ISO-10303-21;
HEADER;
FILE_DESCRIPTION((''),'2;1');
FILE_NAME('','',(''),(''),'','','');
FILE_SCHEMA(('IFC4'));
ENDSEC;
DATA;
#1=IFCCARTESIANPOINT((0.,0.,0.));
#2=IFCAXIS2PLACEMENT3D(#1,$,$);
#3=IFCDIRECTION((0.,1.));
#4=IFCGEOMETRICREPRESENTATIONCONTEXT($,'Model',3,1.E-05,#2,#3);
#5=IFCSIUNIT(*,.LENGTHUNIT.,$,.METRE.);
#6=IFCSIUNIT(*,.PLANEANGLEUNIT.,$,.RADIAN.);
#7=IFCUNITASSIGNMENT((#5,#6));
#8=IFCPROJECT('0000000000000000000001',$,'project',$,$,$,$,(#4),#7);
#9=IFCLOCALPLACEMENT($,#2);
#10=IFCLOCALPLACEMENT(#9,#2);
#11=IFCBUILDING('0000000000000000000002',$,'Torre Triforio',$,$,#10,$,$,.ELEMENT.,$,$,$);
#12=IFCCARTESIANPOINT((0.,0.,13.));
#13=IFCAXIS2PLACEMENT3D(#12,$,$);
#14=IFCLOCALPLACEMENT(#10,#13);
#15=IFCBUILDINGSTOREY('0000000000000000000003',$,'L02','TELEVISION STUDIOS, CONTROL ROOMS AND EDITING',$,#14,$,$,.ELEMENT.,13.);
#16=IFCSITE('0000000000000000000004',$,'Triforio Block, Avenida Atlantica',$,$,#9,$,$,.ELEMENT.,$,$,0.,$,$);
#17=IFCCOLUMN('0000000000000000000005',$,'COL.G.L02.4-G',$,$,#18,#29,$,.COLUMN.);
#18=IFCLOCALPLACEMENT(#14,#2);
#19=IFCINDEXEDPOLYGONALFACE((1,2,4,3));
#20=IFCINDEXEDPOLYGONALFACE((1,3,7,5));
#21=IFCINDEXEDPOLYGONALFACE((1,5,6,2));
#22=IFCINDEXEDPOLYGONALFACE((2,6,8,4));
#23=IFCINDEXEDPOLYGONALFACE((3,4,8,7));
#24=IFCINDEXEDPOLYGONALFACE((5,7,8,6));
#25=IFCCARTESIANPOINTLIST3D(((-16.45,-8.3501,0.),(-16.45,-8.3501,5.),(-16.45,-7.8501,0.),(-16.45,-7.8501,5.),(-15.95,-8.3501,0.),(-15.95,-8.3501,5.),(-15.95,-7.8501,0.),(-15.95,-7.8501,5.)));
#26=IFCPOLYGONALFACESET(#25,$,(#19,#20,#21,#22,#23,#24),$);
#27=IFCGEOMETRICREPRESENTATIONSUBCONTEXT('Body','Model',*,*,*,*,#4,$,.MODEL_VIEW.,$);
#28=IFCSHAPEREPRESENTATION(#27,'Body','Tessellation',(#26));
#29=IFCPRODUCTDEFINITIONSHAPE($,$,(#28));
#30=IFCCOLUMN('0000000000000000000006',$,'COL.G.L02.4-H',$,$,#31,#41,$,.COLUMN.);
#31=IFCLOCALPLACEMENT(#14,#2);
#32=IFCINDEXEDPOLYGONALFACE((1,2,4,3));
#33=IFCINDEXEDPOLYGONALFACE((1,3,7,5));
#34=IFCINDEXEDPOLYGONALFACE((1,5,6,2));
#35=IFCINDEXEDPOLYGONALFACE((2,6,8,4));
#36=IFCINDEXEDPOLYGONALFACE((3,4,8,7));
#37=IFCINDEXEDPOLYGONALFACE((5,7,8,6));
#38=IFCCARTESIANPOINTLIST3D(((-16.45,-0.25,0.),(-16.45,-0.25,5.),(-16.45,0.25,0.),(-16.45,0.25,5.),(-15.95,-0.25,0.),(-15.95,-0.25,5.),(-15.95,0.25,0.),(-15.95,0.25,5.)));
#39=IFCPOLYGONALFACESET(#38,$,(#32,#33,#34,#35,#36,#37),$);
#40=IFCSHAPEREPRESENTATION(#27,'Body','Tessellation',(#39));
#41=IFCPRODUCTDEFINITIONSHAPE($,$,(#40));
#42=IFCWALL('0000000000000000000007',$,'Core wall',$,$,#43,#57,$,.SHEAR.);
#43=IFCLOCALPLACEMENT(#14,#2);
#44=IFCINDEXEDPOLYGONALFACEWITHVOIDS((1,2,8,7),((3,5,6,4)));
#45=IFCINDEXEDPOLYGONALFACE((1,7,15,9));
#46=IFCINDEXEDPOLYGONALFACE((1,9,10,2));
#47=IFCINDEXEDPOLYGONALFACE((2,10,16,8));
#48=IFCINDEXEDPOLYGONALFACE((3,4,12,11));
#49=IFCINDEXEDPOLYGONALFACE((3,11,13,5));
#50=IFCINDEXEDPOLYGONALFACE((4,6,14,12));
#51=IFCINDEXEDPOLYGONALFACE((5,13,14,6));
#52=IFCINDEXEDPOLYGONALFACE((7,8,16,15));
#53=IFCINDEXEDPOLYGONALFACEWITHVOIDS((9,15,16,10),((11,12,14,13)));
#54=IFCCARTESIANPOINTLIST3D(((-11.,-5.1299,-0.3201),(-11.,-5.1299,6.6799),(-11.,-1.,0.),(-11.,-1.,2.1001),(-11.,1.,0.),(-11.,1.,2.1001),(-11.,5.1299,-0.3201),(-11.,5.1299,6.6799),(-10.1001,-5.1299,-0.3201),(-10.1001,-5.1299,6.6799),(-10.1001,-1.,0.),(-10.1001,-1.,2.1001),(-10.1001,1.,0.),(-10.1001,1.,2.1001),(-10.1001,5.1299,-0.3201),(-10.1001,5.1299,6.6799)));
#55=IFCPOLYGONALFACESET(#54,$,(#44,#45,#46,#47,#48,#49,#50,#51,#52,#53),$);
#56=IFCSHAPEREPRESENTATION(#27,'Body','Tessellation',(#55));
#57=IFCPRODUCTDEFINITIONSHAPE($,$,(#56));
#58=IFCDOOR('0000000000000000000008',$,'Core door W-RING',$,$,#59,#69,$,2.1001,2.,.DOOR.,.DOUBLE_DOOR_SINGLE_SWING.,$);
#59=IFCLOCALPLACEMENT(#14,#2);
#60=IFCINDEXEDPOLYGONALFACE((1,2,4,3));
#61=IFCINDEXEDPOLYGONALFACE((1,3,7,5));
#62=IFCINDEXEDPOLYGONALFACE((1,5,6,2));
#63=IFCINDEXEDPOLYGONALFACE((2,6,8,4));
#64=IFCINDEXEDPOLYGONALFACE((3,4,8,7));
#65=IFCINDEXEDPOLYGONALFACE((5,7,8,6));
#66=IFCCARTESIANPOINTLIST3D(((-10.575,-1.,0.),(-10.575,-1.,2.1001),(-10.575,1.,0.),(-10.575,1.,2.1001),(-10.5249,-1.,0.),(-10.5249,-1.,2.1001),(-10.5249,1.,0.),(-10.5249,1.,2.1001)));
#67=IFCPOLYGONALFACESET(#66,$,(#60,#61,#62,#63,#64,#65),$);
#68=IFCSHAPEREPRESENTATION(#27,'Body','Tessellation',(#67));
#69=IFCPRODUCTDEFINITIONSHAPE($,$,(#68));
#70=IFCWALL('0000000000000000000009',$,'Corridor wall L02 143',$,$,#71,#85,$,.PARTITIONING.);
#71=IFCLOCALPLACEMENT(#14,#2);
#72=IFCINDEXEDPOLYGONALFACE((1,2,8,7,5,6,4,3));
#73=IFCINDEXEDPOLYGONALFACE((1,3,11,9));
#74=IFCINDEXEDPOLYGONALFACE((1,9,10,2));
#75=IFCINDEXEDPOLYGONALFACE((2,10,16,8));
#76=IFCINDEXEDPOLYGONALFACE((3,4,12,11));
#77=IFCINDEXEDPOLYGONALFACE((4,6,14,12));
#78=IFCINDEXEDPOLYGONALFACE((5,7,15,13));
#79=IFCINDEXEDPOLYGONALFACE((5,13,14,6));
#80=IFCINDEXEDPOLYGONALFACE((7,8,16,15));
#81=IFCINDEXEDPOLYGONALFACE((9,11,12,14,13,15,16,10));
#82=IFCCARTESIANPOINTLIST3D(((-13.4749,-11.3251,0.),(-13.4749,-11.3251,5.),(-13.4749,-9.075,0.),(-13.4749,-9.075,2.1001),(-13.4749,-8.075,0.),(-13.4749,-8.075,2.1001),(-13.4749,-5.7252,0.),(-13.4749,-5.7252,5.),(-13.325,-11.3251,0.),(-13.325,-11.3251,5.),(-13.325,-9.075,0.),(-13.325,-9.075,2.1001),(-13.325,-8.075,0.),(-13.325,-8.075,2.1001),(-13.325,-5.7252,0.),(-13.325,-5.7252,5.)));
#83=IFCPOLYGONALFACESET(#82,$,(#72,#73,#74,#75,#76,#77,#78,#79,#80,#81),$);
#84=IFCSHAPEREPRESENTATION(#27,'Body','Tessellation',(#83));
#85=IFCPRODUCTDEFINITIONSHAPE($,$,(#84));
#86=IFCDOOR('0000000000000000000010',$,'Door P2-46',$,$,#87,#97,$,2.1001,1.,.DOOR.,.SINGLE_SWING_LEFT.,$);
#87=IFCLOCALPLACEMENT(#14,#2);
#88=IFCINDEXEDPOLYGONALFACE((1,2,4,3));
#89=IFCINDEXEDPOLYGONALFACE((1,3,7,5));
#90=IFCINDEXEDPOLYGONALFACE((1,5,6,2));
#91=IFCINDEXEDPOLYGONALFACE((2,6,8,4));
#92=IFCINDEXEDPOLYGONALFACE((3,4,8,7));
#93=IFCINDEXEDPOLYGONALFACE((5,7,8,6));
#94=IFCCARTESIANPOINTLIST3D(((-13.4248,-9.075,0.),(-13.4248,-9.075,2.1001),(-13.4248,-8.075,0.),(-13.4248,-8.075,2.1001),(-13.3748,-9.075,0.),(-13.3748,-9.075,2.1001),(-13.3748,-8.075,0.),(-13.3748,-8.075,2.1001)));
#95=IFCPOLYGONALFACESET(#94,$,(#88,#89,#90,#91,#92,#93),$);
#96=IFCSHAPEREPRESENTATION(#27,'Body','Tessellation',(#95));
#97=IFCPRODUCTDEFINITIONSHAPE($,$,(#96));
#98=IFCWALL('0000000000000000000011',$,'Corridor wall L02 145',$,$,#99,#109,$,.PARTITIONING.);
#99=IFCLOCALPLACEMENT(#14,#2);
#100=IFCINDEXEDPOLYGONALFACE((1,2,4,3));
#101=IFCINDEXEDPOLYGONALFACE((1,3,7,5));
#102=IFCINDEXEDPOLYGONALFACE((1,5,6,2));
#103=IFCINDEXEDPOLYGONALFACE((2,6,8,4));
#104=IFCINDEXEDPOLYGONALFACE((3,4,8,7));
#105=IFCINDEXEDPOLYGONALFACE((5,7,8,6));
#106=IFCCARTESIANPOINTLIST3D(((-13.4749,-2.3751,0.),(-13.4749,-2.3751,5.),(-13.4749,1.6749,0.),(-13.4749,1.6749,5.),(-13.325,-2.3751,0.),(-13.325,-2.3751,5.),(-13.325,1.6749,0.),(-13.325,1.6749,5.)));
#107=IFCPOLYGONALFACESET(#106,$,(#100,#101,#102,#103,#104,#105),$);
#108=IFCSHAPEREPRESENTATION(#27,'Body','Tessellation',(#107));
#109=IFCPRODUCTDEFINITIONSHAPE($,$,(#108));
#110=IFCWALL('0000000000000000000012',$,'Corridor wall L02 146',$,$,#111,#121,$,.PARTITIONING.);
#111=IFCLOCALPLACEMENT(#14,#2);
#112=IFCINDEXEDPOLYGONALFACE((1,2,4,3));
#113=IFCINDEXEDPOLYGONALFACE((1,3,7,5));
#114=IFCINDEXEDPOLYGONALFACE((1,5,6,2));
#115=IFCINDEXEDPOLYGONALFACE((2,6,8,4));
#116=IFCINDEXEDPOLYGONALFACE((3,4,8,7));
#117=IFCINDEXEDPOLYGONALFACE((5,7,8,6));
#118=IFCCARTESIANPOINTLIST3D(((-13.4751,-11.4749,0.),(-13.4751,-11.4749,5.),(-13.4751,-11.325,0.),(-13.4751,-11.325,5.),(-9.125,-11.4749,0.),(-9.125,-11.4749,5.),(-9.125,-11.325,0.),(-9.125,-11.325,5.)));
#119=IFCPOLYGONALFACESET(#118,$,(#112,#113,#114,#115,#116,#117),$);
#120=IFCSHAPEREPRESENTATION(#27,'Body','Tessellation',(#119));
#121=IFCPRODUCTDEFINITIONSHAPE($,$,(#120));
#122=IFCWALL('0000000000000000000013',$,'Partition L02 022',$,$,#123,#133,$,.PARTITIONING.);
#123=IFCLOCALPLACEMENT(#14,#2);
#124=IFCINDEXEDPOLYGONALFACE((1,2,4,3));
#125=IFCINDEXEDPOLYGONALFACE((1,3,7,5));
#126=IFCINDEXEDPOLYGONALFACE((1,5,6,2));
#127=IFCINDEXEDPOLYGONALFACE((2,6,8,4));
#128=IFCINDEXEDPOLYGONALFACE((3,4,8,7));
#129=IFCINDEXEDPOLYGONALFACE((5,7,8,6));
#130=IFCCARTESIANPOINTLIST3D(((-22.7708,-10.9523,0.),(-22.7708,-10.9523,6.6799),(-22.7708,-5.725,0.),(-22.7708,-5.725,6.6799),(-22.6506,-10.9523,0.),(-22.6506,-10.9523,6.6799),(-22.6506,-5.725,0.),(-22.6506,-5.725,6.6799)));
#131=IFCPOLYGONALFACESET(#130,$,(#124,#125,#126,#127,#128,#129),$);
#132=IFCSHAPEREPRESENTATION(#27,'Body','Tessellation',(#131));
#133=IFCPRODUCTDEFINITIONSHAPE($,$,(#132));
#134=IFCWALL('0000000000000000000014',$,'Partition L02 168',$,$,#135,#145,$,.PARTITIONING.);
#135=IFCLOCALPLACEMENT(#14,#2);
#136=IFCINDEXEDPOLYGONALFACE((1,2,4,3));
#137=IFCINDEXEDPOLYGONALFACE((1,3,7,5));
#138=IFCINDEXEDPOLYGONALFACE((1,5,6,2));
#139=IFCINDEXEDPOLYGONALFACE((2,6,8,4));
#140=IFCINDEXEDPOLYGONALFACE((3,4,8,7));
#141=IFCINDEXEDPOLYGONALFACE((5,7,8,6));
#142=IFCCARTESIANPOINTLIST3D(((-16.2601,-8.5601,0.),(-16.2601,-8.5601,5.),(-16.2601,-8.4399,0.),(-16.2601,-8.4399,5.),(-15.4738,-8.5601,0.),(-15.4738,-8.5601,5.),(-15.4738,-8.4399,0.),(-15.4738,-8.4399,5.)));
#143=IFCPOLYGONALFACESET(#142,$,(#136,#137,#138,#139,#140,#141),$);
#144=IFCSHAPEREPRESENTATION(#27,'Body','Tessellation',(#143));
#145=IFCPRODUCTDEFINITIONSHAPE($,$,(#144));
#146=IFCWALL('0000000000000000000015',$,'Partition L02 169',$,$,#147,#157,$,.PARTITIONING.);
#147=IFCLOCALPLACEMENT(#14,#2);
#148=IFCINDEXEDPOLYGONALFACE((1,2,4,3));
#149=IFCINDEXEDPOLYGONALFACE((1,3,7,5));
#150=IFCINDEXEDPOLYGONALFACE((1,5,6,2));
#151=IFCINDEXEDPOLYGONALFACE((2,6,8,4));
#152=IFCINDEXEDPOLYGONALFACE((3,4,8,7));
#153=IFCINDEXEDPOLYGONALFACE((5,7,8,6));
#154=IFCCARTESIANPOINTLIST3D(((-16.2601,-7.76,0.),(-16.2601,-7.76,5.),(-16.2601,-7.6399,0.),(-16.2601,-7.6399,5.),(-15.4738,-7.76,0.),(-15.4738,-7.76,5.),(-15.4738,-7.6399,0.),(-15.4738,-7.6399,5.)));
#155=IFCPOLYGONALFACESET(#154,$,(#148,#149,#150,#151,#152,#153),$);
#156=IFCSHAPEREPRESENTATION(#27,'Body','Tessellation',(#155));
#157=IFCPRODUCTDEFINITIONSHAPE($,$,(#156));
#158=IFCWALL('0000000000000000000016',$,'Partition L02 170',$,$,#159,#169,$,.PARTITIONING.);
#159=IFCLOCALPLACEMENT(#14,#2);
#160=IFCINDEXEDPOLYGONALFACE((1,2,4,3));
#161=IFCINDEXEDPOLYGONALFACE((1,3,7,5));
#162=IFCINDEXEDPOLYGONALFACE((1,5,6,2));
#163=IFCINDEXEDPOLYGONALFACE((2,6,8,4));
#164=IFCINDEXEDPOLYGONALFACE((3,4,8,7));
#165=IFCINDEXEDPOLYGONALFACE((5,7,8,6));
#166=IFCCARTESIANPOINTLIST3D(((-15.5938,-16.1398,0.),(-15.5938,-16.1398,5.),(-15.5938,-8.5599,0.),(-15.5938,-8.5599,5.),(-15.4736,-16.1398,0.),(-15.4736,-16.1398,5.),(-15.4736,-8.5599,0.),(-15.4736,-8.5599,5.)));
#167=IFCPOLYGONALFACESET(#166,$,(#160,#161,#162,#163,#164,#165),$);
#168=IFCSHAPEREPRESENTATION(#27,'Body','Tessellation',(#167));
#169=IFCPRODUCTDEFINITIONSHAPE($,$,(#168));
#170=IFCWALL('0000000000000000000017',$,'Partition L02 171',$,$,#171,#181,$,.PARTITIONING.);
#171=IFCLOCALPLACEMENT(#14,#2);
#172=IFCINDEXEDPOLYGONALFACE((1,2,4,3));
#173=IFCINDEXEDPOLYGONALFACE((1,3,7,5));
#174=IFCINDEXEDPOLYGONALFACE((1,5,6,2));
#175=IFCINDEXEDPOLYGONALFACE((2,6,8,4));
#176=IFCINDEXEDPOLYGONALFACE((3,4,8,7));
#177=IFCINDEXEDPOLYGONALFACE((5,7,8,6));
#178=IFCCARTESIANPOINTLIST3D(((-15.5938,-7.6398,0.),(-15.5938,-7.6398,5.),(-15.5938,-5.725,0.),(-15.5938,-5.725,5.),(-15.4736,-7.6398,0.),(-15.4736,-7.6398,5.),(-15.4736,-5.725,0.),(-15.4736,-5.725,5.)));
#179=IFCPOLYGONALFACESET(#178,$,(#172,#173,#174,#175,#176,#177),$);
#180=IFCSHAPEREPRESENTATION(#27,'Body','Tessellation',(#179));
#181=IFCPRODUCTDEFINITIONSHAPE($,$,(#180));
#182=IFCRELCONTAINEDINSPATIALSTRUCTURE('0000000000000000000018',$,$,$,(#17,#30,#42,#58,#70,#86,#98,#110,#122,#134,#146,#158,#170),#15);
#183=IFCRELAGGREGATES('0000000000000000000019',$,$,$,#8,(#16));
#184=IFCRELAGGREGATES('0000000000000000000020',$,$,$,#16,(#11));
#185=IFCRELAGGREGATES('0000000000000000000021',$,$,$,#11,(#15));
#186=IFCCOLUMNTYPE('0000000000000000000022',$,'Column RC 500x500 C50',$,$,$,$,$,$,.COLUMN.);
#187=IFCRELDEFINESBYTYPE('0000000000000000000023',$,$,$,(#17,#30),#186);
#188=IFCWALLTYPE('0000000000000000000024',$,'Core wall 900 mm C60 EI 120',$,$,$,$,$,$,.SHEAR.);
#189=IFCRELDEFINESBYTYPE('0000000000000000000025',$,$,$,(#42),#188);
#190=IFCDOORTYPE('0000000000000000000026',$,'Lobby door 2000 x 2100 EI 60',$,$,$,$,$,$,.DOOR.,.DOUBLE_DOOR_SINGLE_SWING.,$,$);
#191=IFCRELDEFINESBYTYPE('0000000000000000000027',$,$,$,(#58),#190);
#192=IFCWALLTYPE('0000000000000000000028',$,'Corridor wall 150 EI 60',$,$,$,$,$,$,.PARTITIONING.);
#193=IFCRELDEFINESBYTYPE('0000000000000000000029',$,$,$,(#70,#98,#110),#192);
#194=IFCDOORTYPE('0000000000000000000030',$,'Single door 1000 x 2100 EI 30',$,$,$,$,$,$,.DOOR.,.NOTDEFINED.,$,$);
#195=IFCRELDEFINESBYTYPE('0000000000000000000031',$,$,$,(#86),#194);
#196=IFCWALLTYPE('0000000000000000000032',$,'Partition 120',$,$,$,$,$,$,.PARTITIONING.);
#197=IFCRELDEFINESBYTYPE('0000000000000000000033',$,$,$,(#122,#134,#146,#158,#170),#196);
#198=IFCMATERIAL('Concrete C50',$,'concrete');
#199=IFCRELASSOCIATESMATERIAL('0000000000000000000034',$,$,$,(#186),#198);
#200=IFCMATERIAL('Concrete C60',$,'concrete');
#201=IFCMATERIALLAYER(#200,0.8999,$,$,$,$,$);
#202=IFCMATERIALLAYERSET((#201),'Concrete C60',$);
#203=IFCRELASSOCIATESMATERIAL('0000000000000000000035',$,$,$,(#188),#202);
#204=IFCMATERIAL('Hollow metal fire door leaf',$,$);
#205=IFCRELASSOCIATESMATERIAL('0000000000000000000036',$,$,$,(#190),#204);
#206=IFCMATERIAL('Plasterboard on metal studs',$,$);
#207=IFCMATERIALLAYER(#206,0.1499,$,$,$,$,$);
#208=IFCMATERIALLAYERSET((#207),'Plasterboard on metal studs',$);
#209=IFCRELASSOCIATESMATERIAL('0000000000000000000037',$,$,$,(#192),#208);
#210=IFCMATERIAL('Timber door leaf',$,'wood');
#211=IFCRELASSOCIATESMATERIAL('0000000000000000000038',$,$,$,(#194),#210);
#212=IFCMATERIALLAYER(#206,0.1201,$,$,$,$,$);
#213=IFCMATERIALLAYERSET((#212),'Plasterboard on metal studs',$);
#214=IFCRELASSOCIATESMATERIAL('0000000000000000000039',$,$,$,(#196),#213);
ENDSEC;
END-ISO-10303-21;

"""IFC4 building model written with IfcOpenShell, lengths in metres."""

from ifc_helpers import new_model, si_unit, direction, frame, frame_2d, origin, origin_2d, place, context, subcontext, project, spatial, rectangle, extrude, material, layer, layer_set, material_profile, profile_set, type_object, element, fill, save


model = new_model("IFC4")

# Units and contexts
model_context = context("Model", 3, precision=1e-05, world=origin(), true_north=direction((0.0, 1.0)))
body_context = subcontext(model_context, "Body", "Model", "MODEL_VIEW")
ifc_project = project(units=[si_unit("LENGTHUNIT", "METRE"), si_unit("PLANEANGLEUNIT", "RADIAN")], contexts=[model_context])

# Site, building, storey
site_placement = place(None, origin())
site = spatial("IfcSite", under=ifc_project, at=site_placement, Name="Triforio Block, Avenida Atlantica", CompositionType="ELEMENT", RefElevation=0.0)
building_placement = place(site_placement, origin())
building = spatial("IfcBuilding", under=site, at=building_placement, Name="Torre Triforio", CompositionType="ELEMENT")
storey_placement = place(building_placement, frame((0.0, 0.0, 13.0)))
storey = spatial("IfcBuildingStorey", under=building, at=storey_placement, Name="L02", Description="TELEVISION STUDIOS, CONTROL ROOMS AND EDITING", CompositionType="ELEMENT", Elevation=13.0)

# Columns
ifc_material_1 = material(Name="Concrete C50", Category="concrete")
ifc_material_profile = material_profile(ifc_material_1, rectangle(XDim=0.5, YDim=0.5, at=origin_2d()), Name="RC 500x500")
ifc_profile_set = profile_set([ifc_material_profile], Name="Concrete C50")
column_type = type_object("IfcColumnType", Name="Column RC 500x500 C50", PredefinedType="COLUMN", material=ifc_profile_set)
for number, where, z_axis, x_axis, name in (
    (1, (-16.2, -8.1001, 0.0), (0.0, 0.0, 1.0), (1.0, 0.0, 0.0), "COL.G.L02.4-G"),
    (2, (-16.2, 0.0, 0.0), (0.0, 0.0, 1.0), (1.0, 0.0, 0.0), "COL.G.L02.4-H"),
):
    element("IfcColumn", number, at=place(storey_placement, frame(where, z_axis=z_axis, x_axis=x_axis)), inside=storey, type_object=column_type, Name=name, PredefinedType="COLUMN", context=body_context, shape_type="SweptSolid", body=[
        extrude(rectangle(XDim=0.5, YDim=0.5, at=origin_2d()), origin(), (0.0, 0.0, 1.0), 5.0),
    ])

# Walls, openings, doors
ifc_material_2 = material(Name="Concrete C60", Category="concrete")
ifc_layer_1 = layer(ifc_material_2, 0.8999)
ifc_layer_set_1 = layer_set([ifc_layer_1], Name="Concrete C60")
wall_type_1 = type_object("IfcWallType", Name="Core wall 900 mm C60 EI 120", PredefinedType="SHEAR", material=ifc_layer_set_1)
wall_1_placement = place(storey_placement, frame((-10.55, -5.1299, -0.3201), z_axis=(0.0, 0.0, 1.0), x_axis=(0.0, 1.0, 0.0)))
wall_1 = element("IfcWall", 3, at=wall_1_placement, inside=storey, type_object=wall_type_1, Name="Core wall", PredefinedType="SHEAR", context=body_context, shape_type="SweptSolid", body=[
    extrude(rectangle(XDim=10.2598, YDim=0.8999, at=frame_2d((5.1299, 0.0))), origin(), (0.0, 0.0, 1.0), 7.0),
])
opening_1_placement = place(wall_1_placement, frame((4.1299, 0.0, 0.3201)))
opening_1 = element("IfcOpeningElement", 4, at=opening_1_placement, cuts=wall_1, PredefinedType="OPENING", context=body_context, shape_type="SweptSolid", body=[
    extrude(rectangle(XDim=2.0, YDim=2.1001, at=frame_2d((1.0, 1.05))), frame((0.0, 0.46, 0.0), z_axis=(0.0, -1.0, 0.0), x_axis=(1.0, 0.0, 0.0)), (0.0, 0.0, 1.0), 0.9199),
])
ifc_material_3 = material(Name="Hollow metal fire door leaf")
door_type_1 = type_object("IfcDoorType", Name="Lobby door 2000 x 2100 EI 60", OperationType="DOUBLE_DOOR_SINGLE_SWING", PredefinedType="DOOR", material=ifc_material_3)
door_1_placement = place(opening_1_placement, origin())
door_1 = element("IfcDoor", 5, at=door_1_placement, inside=storey, type_object=door_type_1, Name="Core door W-RING", OperationType="DOUBLE_DOOR_SINGLE_SWING", OverallHeight=2.1001, OverallWidth=2.0, PredefinedType="DOOR", context=body_context, shape_type="SweptSolid", body=[
    extrude(rectangle(XDim=2.0, YDim=2.1001, at=frame_2d((1.0, 1.05))), frame((0.0, 0.0249, 0.0), z_axis=(0.0, -1.0, 0.0), x_axis=(1.0, 0.0, 0.0)), (0.0, 0.0, 1.0), 0.05),
])
fill(opening_1, door_1)
ifc_material_4 = material(Name="Plasterboard on metal studs")
ifc_layer_2 = layer(ifc_material_4, 0.1499)
ifc_layer_set_2 = layer_set([ifc_layer_2], Name="Plasterboard on metal studs")
wall_type_2 = type_object("IfcWallType", Name="Corridor wall 150 EI 60", PredefinedType="PARTITIONING", material=ifc_layer_set_2)
wall_2_placement = place(storey_placement, frame((-13.3999, -11.325, 0.0), z_axis=(0.0, 0.0, 1.0), x_axis=(0.0, 1.0, 0.0)))
wall_2 = element("IfcWall", 6, at=wall_2_placement, inside=storey, type_object=wall_type_2, Name="Corridor wall L02 143", PredefinedType="PARTITIONING", context=body_context, shape_type="SweptSolid", body=[
    extrude(rectangle(XDim=5.5999, YDim=0.1499, at=frame_2d((2.7998, 0.0))), origin(), (0.0, 0.0, 1.0), 5.0),
])
opening_2_placement = place(wall_2_placement, frame((2.25, 0.0, 0.0)))
opening_2 = element("IfcOpeningElement", 7, at=opening_2_placement, cuts=wall_2, PredefinedType="OPENING", context=body_context, shape_type="SweptSolid", body=[
    extrude(rectangle(XDim=1.0, YDim=2.1001, at=frame_2d((0.5, 1.05))), frame((0.0, 0.085, 0.0), z_axis=(0.0, -1.0, 0.0), x_axis=(1.0, 0.0, 0.0)), (0.0, 0.0, 1.0), 0.1699),
])
ifc_material_5 = material(Name="Timber door leaf", Category="wood")
door_type_2 = type_object("IfcDoorType", Name="Single door 1000 x 2100 EI 30", OperationType="NOTDEFINED", PredefinedType="DOOR", material=ifc_material_5)
door_2_placement = place(opening_2_placement, origin())
door_2 = element("IfcDoor", 8, at=door_2_placement, inside=storey, type_object=door_type_2, Name="Door P2-46", OperationType="SINGLE_SWING_LEFT", OverallHeight=2.1001, OverallWidth=1.0, PredefinedType="DOOR", context=body_context, shape_type="SweptSolid", body=[
    extrude(rectangle(XDim=1.0, YDim=2.1001, at=frame_2d((0.5, 1.05))), frame((0.0, 0.0249, 0.0), z_axis=(0.0, -1.0, 0.0), x_axis=(1.0, 0.0, 0.0)), (0.0, 0.0, 1.0), 0.05),
])
fill(opening_2, door_2)

# Walls
wall_3_placement = place(storey_placement, frame((-13.3999, -2.375, 0.0), z_axis=(0.0, 0.0, 1.0), x_axis=(0.0, 1.0, 0.0)))
element("IfcWall", 9, at=wall_3_placement, inside=storey, type_object=wall_type_2, Name="Corridor wall L02 145", PredefinedType="PARTITIONING", context=body_context, shape_type="SweptSolid", body=[
    extrude(rectangle(XDim=4.05, YDim=0.1499, at=frame_2d((2.0249, 0.0))), origin(), (0.0, 0.0, 1.0), 5.0),
])
wall_4_placement = place(storey_placement, frame((-13.4751, -11.3999, 0.0), z_axis=(0.0, 0.0, 1.0), x_axis=(1.0, 0.0, 0.0)))
element("IfcWall", 10, at=wall_4_placement, inside=storey, type_object=wall_type_2, Name="Corridor wall L02 146", PredefinedType="PARTITIONING", context=body_context, shape_type="SweptSolid", body=[
    extrude(rectangle(XDim=4.3501, YDim=0.1499, at=frame_2d((2.175, 0.0))), origin(), (0.0, 0.0, 1.0), 5.0),
])
ifc_layer_3 = layer(ifc_material_4, 0.1201)
ifc_layer_set_3 = layer_set([ifc_layer_3], Name="Plasterboard on metal studs")
wall_type_3 = type_object("IfcWallType", Name="Partition 120", PredefinedType="PARTITIONING", material=ifc_layer_set_3)
wall_5_placement = place(storey_placement, frame((-22.7107, -10.9524, 0.0), z_axis=(0.0, 0.0, 1.0), x_axis=(0.0, 1.0, 0.0)))
element("IfcWall", 11, at=wall_5_placement, inside=storey, type_object=wall_type_3, Name="Partition L02 022", PredefinedType="PARTITIONING", context=body_context, shape_type="SweptSolid", body=[
    extrude(rectangle(XDim=5.2273, YDim=0.1201, at=frame_2d((2.6138, 0.0))), origin(), (0.0, 0.0, 1.0), 6.6799),
])
for number, where, z_axis, x_axis, name in (
    (12, (-16.26, -8.5, 0.0), (0.0, 0.0, 1.0), (1.0, 0.0, 0.0), "Partition L02 168"),
    (13, (-16.26, -7.7, 0.0), (0.0, 0.0, 1.0), (1.0, 0.0, 0.0), "Partition L02 169"),
):
    element("IfcWall", number, at=place(storey_placement, frame(where, z_axis=z_axis, x_axis=x_axis)), inside=storey, type_object=wall_type_3, Name=name, PredefinedType="PARTITIONING", context=body_context, shape_type="SweptSolid", body=[
        extrude(rectangle(XDim=0.7864, YDim=0.1201, at=frame_2d((0.3931, 0.0))), origin(), (0.0, 0.0, 1.0), 5.0),
    ])
wall_6_placement = place(storey_placement, frame((-15.5337, -16.1399, 0.0), z_axis=(0.0, 0.0, 1.0), x_axis=(0.0, 1.0, 0.0)))
element("IfcWall", 14, at=wall_6_placement, inside=storey, type_object=wall_type_3, Name="Partition L02 170", PredefinedType="PARTITIONING", context=body_context, shape_type="SweptSolid", body=[
    extrude(rectangle(XDim=7.5798, YDim=0.1201, at=frame_2d((3.79, 0.0))), origin(), (0.0, 0.0, 1.0), 5.0),
])
wall_7_placement = place(storey_placement, frame((-15.5337, -7.6399, 0.0), z_axis=(0.0, 0.0, 1.0), x_axis=(0.0, 1.0, 0.0)))
element("IfcWall", 15, at=wall_7_placement, inside=storey, type_object=wall_type_3, Name="Partition L02 171", PredefinedType="PARTITIONING", context=body_context, shape_type="SweptSolid", body=[
    extrude(rectangle(XDim=1.9148, YDim=0.1201, at=frame_2d((0.9575, 0.0))), origin(), (0.0, 0.0, 1.0), 5.0),
])

save(model, "model.ifc")
